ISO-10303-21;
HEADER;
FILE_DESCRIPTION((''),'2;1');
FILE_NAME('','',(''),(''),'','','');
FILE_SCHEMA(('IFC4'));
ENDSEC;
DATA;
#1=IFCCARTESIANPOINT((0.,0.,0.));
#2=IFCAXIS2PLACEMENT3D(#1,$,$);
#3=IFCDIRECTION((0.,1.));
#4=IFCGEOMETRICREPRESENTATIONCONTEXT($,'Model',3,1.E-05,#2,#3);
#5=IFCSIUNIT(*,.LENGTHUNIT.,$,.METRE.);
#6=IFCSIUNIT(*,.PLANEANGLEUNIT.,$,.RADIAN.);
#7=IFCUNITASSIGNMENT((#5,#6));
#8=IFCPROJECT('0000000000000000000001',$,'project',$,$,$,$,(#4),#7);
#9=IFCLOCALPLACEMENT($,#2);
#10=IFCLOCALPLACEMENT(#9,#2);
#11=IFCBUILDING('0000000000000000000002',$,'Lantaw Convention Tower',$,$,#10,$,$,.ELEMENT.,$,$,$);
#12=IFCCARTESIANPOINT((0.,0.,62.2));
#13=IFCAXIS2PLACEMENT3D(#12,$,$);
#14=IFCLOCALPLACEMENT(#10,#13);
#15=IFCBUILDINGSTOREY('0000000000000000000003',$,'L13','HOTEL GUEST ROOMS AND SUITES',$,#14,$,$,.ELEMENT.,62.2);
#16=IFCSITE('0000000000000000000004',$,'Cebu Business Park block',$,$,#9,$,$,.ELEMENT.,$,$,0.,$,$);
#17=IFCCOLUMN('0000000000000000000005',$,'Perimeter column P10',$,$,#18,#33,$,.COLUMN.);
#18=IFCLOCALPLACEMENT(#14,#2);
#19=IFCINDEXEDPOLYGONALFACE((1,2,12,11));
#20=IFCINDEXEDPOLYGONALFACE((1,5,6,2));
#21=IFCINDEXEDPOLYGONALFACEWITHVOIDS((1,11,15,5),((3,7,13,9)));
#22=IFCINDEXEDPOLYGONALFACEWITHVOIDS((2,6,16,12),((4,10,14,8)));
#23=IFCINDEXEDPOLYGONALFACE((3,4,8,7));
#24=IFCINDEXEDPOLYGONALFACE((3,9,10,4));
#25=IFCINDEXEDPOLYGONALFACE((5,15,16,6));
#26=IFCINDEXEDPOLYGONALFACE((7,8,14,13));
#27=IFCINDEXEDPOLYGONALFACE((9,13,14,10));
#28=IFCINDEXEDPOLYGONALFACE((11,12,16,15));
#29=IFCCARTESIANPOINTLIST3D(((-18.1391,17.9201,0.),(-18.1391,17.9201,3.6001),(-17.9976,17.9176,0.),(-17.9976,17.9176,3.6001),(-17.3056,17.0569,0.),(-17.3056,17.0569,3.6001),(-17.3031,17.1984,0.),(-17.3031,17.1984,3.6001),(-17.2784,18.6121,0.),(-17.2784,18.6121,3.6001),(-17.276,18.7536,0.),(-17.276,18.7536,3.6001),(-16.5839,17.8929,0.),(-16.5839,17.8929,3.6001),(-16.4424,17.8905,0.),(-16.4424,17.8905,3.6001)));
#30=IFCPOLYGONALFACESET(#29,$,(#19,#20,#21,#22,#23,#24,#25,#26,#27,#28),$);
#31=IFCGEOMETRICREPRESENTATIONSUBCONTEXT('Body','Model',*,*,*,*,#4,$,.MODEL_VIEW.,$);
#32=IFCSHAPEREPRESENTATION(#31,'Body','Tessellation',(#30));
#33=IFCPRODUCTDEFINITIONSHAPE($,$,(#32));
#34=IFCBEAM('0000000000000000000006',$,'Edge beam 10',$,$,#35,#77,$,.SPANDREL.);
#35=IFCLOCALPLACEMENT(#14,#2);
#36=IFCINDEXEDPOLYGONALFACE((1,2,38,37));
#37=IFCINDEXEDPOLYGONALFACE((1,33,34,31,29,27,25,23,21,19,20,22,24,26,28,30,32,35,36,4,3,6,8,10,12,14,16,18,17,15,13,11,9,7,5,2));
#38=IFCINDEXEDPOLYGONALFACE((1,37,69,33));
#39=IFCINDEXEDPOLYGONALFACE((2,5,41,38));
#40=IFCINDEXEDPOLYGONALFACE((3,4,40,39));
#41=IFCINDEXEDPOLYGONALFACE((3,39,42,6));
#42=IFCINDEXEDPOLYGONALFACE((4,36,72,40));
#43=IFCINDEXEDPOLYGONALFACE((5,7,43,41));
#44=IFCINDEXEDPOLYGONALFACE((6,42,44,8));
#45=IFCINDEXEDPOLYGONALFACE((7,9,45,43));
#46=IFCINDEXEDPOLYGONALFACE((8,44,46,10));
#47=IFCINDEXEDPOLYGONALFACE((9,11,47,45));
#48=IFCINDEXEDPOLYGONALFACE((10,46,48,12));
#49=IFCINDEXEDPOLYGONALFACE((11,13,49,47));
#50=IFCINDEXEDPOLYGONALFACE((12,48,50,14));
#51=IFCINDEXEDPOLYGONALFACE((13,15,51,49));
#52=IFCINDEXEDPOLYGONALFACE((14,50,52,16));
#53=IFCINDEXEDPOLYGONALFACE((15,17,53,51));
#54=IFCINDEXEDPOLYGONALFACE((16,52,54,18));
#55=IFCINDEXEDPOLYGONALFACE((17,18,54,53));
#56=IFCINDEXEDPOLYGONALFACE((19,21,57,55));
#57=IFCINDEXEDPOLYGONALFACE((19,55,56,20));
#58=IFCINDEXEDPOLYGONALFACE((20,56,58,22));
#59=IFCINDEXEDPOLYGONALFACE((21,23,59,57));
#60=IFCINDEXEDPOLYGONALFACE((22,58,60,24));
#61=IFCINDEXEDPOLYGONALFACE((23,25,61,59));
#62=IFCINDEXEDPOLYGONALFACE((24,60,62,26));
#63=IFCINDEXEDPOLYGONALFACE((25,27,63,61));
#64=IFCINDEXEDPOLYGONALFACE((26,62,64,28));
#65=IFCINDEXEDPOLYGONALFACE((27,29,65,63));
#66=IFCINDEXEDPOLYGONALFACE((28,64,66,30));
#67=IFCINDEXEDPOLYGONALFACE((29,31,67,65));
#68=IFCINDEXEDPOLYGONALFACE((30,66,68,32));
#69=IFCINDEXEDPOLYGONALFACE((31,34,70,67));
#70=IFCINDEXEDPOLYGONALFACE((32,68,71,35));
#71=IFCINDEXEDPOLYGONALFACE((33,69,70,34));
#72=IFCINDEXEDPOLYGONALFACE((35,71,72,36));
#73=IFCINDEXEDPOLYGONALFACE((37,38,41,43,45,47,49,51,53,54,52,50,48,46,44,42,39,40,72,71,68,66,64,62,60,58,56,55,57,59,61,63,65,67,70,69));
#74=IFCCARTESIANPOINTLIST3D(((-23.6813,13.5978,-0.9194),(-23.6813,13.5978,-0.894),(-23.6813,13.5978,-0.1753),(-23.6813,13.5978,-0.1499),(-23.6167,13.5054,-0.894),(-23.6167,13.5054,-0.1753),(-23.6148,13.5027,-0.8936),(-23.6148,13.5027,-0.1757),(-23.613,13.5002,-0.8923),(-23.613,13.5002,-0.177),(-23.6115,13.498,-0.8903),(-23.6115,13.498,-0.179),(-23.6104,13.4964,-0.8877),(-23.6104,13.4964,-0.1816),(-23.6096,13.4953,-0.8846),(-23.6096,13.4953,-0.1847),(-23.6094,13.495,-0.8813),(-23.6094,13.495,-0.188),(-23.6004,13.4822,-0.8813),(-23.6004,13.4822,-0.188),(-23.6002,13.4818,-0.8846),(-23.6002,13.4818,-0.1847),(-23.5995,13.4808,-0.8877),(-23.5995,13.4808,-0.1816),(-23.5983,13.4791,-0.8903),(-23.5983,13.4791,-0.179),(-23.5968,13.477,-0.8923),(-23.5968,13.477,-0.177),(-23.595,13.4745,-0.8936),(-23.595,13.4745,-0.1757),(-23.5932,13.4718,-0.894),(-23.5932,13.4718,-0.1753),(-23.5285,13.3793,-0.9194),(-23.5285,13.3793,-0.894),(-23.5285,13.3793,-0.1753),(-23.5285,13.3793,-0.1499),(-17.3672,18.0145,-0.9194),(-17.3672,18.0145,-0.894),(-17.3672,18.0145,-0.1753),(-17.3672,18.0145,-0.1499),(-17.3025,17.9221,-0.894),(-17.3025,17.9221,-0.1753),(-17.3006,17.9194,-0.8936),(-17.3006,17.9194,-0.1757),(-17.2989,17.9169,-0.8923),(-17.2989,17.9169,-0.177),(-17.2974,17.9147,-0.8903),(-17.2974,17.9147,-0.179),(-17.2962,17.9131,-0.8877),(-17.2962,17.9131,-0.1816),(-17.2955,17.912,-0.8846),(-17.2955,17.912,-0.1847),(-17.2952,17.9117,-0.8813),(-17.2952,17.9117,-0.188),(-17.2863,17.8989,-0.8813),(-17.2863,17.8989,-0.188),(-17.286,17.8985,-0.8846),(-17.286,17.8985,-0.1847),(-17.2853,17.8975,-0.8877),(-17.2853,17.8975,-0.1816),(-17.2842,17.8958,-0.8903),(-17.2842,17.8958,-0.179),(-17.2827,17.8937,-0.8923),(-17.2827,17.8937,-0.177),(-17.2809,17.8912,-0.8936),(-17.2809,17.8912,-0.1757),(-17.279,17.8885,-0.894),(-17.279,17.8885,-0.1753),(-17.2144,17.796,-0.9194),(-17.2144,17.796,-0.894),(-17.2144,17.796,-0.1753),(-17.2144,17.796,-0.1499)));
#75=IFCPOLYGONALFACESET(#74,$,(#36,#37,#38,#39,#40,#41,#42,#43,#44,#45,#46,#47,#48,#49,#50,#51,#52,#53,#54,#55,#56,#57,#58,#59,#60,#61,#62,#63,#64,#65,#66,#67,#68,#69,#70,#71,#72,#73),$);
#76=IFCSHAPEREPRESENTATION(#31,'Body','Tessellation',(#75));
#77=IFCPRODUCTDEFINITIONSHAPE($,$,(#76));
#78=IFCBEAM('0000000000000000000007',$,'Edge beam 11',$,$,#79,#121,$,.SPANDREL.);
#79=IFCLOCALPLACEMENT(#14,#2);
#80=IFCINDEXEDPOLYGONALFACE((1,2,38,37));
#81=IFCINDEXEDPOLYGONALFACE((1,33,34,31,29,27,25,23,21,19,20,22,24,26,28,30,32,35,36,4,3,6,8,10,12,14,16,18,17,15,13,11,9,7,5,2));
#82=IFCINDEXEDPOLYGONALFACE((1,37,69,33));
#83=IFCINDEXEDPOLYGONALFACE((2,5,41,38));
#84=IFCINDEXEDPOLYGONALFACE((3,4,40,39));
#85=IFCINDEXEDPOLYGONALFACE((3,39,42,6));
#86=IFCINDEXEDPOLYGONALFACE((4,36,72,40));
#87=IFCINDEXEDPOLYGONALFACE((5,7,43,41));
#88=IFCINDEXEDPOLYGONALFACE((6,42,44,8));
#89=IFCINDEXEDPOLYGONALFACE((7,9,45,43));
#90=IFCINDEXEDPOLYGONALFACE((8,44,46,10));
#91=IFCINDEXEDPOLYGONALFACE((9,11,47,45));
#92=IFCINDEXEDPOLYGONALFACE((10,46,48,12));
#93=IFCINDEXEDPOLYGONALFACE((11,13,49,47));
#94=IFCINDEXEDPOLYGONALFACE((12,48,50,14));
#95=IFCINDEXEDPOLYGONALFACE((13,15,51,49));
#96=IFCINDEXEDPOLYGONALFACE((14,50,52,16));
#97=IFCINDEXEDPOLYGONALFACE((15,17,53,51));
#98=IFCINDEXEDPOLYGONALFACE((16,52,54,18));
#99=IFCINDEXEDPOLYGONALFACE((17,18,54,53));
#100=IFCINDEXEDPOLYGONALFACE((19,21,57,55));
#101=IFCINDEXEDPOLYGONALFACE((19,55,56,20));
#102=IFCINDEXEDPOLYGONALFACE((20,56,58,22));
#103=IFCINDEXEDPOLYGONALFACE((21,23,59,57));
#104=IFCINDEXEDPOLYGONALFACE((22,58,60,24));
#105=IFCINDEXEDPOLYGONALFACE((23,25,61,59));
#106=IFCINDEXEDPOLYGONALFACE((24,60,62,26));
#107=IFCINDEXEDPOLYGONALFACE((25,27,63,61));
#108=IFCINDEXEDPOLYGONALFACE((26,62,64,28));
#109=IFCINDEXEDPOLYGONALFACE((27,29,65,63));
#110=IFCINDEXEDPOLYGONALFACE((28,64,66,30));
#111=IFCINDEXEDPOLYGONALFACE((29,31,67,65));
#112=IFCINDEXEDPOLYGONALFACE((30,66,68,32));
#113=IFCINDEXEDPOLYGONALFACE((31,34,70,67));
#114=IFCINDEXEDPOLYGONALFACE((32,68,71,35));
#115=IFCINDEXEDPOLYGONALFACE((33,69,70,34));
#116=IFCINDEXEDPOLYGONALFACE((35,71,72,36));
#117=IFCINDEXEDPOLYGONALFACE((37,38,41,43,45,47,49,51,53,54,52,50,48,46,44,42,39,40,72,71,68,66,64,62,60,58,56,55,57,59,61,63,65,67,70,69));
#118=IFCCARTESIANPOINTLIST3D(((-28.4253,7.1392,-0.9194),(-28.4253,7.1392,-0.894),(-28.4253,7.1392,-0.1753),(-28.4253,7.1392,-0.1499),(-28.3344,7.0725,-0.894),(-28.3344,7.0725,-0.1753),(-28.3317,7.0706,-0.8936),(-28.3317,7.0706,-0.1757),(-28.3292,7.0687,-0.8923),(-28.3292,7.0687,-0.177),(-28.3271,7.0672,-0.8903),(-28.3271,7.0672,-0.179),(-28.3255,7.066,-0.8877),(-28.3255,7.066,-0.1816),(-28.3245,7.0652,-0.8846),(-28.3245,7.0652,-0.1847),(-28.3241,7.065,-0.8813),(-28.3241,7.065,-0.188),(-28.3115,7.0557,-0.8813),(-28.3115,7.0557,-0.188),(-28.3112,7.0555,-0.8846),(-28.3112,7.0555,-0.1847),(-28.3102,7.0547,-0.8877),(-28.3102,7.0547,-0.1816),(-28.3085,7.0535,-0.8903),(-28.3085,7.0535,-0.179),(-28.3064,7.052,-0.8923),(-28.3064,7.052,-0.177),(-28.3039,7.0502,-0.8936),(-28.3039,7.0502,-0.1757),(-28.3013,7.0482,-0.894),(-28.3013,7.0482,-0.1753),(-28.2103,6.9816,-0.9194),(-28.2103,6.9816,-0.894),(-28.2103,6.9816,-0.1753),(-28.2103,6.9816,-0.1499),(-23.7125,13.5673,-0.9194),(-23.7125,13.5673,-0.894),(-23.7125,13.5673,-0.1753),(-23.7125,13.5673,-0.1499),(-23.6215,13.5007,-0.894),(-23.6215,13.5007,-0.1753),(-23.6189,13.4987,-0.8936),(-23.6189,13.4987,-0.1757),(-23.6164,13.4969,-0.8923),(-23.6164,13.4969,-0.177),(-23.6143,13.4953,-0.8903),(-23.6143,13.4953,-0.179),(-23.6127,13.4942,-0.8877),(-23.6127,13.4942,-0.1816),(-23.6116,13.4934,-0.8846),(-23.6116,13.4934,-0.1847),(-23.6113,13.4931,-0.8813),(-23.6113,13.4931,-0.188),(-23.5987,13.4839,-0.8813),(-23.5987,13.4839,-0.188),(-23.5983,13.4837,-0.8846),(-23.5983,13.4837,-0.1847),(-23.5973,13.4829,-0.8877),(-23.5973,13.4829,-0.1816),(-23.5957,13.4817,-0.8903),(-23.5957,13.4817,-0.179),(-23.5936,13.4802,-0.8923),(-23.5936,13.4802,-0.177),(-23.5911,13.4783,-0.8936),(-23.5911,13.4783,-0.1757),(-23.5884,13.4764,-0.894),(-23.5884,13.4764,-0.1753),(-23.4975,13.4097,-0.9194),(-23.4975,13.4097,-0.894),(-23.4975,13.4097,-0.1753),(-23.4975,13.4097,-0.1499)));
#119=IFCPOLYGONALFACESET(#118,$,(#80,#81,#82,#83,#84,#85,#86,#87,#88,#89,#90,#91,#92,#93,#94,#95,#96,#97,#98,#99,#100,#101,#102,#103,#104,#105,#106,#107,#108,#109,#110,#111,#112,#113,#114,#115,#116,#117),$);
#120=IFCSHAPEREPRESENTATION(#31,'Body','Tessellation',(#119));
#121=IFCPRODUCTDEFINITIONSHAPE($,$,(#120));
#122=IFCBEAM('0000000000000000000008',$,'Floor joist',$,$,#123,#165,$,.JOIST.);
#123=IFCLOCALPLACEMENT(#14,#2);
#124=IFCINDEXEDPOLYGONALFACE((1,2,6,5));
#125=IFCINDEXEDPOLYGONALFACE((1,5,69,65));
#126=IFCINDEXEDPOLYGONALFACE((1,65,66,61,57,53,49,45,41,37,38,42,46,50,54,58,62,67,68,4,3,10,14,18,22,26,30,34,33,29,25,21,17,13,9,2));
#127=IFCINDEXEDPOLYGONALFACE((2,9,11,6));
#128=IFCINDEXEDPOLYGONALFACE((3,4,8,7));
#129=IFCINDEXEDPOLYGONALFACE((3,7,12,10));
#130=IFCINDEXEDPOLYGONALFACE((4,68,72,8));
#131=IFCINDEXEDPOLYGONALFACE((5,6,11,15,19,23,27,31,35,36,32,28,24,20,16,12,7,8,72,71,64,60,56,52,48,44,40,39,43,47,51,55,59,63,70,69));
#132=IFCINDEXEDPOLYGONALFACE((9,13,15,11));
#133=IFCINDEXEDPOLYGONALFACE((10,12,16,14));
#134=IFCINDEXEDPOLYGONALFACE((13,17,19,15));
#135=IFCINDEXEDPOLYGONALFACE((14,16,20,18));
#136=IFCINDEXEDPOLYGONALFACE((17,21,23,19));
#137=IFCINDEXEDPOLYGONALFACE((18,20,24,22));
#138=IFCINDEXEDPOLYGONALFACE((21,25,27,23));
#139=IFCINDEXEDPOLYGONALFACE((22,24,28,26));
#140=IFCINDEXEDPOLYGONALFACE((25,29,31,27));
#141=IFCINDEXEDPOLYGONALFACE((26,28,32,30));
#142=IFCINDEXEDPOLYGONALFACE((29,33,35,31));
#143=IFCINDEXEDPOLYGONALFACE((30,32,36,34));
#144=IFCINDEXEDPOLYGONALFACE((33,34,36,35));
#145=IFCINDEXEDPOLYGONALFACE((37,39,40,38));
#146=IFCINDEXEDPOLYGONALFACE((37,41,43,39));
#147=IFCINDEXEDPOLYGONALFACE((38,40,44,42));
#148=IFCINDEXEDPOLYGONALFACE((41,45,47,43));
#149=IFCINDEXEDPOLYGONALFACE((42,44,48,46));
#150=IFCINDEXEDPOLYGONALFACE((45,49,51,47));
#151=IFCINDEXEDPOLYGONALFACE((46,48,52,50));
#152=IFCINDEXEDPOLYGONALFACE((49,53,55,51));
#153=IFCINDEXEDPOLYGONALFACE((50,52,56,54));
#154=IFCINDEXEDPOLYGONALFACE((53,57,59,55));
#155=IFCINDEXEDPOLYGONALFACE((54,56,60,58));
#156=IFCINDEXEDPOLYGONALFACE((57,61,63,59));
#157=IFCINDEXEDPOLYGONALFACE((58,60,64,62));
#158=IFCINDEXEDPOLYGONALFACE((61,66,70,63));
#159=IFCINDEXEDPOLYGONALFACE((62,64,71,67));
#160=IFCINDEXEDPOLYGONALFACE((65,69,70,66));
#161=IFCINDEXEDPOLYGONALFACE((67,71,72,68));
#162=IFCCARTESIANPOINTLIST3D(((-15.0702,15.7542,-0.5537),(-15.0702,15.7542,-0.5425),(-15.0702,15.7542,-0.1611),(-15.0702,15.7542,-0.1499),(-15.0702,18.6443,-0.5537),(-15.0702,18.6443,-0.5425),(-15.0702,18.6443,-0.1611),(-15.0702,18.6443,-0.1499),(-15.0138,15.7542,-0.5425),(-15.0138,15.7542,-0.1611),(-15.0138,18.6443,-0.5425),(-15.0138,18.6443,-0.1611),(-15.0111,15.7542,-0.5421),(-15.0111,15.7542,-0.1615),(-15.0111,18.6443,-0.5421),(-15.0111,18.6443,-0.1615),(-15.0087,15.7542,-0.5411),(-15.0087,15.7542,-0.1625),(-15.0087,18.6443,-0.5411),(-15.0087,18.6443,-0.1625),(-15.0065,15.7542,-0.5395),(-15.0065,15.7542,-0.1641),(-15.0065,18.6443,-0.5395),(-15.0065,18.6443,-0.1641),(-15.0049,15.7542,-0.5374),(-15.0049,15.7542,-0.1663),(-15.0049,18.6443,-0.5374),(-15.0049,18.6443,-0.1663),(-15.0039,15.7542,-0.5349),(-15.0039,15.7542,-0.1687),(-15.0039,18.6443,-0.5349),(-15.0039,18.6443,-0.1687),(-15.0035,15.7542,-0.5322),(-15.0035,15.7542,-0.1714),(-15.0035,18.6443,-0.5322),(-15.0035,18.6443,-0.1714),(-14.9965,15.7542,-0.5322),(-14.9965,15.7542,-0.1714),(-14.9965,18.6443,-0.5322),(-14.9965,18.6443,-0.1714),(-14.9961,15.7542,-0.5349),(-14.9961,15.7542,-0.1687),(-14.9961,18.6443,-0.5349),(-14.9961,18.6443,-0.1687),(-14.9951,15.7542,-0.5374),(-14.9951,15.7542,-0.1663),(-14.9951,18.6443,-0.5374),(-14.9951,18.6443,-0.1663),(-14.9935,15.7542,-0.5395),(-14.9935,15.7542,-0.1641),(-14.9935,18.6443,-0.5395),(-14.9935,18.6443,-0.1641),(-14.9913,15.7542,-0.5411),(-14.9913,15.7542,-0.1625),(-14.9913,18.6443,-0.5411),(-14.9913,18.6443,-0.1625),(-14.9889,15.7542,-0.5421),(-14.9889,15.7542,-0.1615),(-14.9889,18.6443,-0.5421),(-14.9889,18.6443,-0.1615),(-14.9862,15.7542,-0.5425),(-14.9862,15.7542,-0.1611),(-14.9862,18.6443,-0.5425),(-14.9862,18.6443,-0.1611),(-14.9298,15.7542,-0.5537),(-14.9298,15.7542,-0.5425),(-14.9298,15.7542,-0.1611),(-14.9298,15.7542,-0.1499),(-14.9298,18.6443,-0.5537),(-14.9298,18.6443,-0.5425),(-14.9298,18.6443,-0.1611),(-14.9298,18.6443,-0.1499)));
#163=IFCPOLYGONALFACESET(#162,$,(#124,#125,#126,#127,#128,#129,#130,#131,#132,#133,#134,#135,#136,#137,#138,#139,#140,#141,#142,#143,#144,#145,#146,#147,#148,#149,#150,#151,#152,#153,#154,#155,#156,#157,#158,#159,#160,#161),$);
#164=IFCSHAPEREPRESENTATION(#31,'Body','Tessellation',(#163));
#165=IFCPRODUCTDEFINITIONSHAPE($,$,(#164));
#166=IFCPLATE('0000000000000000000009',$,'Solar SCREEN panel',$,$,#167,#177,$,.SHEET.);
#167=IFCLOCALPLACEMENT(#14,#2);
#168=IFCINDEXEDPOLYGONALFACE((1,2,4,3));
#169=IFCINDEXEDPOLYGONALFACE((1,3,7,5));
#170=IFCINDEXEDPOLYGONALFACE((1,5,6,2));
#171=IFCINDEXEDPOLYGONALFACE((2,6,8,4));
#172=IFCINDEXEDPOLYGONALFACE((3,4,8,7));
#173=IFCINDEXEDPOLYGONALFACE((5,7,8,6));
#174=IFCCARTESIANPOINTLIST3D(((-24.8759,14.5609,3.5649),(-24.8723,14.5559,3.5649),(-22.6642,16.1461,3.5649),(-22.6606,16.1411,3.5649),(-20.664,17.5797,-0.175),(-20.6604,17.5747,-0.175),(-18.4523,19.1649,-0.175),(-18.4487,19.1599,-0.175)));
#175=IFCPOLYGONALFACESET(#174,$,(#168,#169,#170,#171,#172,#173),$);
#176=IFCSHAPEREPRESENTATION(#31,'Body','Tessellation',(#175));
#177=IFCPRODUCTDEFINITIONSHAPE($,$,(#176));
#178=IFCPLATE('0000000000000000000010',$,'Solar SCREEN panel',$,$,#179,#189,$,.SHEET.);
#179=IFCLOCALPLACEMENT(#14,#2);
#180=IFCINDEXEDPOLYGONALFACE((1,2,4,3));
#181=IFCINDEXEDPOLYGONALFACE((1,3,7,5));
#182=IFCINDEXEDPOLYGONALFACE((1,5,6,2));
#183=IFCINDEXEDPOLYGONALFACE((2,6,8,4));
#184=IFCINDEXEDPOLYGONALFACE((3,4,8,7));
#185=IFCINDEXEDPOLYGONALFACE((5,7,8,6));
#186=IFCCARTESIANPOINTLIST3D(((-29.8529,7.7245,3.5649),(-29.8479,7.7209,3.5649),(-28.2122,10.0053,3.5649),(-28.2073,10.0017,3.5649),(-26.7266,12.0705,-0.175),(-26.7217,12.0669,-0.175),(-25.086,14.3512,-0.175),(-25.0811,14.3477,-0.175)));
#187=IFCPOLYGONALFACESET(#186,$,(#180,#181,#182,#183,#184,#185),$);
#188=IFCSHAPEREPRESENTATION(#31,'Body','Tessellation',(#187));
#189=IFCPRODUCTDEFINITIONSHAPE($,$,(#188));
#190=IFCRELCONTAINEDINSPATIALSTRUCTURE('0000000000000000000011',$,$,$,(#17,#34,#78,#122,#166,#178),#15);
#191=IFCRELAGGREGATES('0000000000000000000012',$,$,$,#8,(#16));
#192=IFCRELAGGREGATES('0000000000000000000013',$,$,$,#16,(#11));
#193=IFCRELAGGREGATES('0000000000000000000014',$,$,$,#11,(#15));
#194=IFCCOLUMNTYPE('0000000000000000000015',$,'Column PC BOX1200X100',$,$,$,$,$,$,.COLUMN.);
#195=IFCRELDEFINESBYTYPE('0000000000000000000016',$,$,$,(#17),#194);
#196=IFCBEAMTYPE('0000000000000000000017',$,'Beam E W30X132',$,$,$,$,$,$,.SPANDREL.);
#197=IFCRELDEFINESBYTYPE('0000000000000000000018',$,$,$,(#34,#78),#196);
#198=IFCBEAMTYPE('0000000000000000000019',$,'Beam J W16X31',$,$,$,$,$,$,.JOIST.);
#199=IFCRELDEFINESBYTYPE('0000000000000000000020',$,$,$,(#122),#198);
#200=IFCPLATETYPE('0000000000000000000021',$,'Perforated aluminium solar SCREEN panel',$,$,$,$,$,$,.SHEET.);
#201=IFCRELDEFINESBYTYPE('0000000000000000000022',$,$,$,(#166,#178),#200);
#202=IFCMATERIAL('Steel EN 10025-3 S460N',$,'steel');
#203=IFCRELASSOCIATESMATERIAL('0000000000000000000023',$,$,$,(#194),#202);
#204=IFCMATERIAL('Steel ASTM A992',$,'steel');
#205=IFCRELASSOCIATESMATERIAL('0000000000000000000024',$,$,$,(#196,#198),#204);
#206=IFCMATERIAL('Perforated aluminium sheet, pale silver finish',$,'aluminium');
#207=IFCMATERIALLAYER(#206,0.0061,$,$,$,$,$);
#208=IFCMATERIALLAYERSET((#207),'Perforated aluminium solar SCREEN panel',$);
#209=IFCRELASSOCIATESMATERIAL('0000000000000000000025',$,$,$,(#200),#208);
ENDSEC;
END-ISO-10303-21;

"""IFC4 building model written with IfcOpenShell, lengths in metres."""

from ifc_helpers import new_model, si_unit, direction, frame, origin, origin_2d, place, context, subcontext, project, spatial, polyline, rectangle, hollow_rectangle, i_section, outline, extrude, material, layer, layer_set, material_profile, profile_set, type_object, element, save


model = new_model("IFC4")

# Units and contexts
model_context = context("Model", 3, precision=1e-05, world=origin(), true_north=direction((0.0, 1.0)))
body_context = subcontext(model_context, "Body", "Model", "MODEL_VIEW")
ifc_project = project(units=[si_unit("LENGTHUNIT", "METRE"), si_unit("PLANEANGLEUNIT", "RADIAN")], contexts=[model_context])

# Site, building, storey
site_placement = place(None, origin())
site = spatial("IfcSite", under=ifc_project, at=site_placement, Name="Cebu Business Park block", CompositionType="ELEMENT", RefElevation=0.0)
building_placement = place(site_placement, origin())
building = spatial("IfcBuilding", under=site, at=building_placement, Name="Lantaw Convention Tower", CompositionType="ELEMENT")
storey_placement = place(building_placement, frame((0.0, 0.0, 62.2)))
storey = spatial("IfcBuildingStorey", under=building, at=storey_placement, Name="L13", Description="HOTEL GUEST ROOMS AND SUITES", CompositionType="ELEMENT", Elevation=62.2)

# Column
ifc_material_1 = material(Name="Steel EN 10025-3 S460N", Category="steel")
ifc_material_profile_1 = material_profile(ifc_material_1, hollow_rectangle(XDim=1.2, YDim=1.2, WallThickness=0.1001, at=origin_2d()), Name="BOX1200X100")
ifc_material_2 = material(Name="Concrete C60/75", Category="concrete")
ifc_material_profile_2 = material_profile(ifc_material_2, rectangle(XDim=1.0, YDim=1.0, at=origin_2d()), Name="Concrete fill of BOX1200X100")
ifc_profile_set_1 = profile_set([ifc_material_profile_1, ifc_material_profile_2], Name="Steel EN 10025-3 S460N")
column_type = type_object("IfcColumnType", Name="Column PC BOX1200X100", PredefinedType="COLUMN", material=ifc_profile_set_1)
column_placement = place(storey_placement, frame((-17.2908, 17.9053, 0.0), z_axis=(0.0, 0.0, 1.0), x_axis=(0.71934, 0.694658, 0.0)))
element("IfcColumn", 1, at=column_placement, inside=storey, type_object=column_type, Name="Perimeter column P10", PredefinedType="COLUMN", context=body_context, shape_type="SweptSolid", body=[
    extrude(hollow_rectangle(XDim=1.2, YDim=1.2, WallThickness=0.1001, at=origin_2d()), origin(), (0.0, 0.0, 1.0), 3.6001),
])

# Beams
ifc_material_3 = material(Name="Steel ASTM A992", Category="steel")
ifc_material_profile_3 = material_profile(ifc_material_3, i_section(OverallWidth=0.2666, OverallDepth=0.7695, WebThickness=0.0156, FlangeThickness=0.0254, FilletRadius=0.0127, at=origin_2d()), Name="W30X132")
ifc_profile_set_2 = profile_set([ifc_material_profile_3], Name="Steel ASTM A992")
beam_type_1 = type_object("IfcBeamType", Name="Beam E W30X132", PredefinedType="SPANDREL", material=ifc_profile_set_2)
beam_1_placement = place(storey_placement, frame((-17.2908, 17.9053, -0.5347), z_axis=(-0.819427, -0.573184, 0.0), x_axis=(0.573184, -0.819427, 0.0)))
element("IfcBeam", 2, at=beam_1_placement, inside=storey, type_object=beam_type_1, Name="Edge beam 10", PredefinedType="SPANDREL", context=body_context, shape_type="SweptSolid", body=[
    extrude(i_section(OverallWidth=0.2666, OverallDepth=0.7695, WebThickness=0.0156, FlangeThickness=0.0254, FilletRadius=0.0127, at=origin_2d()), origin(), (0.0, 0.0, 1.0), 7.7056),
])
beam_2_placement = place(storey_placement, frame((-23.605, 13.4885, -0.5347), z_axis=(-0.591271, -0.806473, 0.0), x_axis=(0.806473, -0.591271, 0.0)))
element("IfcBeam", 3, at=beam_2_placement, inside=storey, type_object=beam_type_1, Name="Edge beam 11", PredefinedType="SPANDREL", context=body_context, shape_type="SweptSolid", body=[
    extrude(i_section(OverallWidth=0.2666, OverallDepth=0.7695, WebThickness=0.0156, FlangeThickness=0.0254, FilletRadius=0.0127, at=origin_2d()), origin(), (0.0, 0.0, 1.0), 7.9707),
])
ifc_material_profile_4 = material_profile(ifc_material_3, i_section(OverallWidth=0.1404, OverallDepth=0.4038, WebThickness=0.0071, FlangeThickness=0.0112, FilletRadius=0.0103, at=origin_2d()), Name="W16X31")
ifc_profile_set_3 = profile_set([ifc_material_profile_4], Name="Steel ASTM A992")
beam_type_2 = type_object("IfcBeamType", Name="Beam J W16X31", PredefinedType="JOIST", material=ifc_profile_set_3)
beam_3_placement = place(storey_placement, frame((-15.0, 15.7542, -0.3518), z_axis=(0.0, 1.0, 0.0), x_axis=(-1.0, 0.0, 0.0)))
element("IfcBeam", 4, at=beam_3_placement, inside=storey, type_object=beam_type_2, Name="Floor joist", PredefinedType="JOIST", context=body_context, shape_type="SweptSolid", body=[
    extrude(i_section(OverallWidth=0.1404, OverallDepth=0.4038, WebThickness=0.0071, FlangeThickness=0.0112, FilletRadius=0.0103, at=origin_2d()), origin(), (0.0, 0.0, 1.0), 2.8901),
])

# Plates
ifc_material_4 = material(Name="Perforated aluminium sheet, pale silver finish", Category="aluminium")
ifc_layer_1 = layer(ifc_material_4, 0.0061)
ifc_layer_set_1 = layer_set([ifc_layer_1], Name="Perforated aluminium solar SCREEN panel")
plate_type = type_object("IfcPlateType", Name="Perforated aluminium solar SCREEN panel", PredefinedType="SHEET", material=ifc_layer_set_1)
plate_1_placement = place(storey_placement, frame((-18.4487, 19.1599, -0.175), z_axis=(0.582561, -0.812787, 0.000016), x_axis=(-0.812787, -0.582561, 0.0)))
element("IfcPlate", 5, at=plate_1_placement, inside=storey, type_object=plate_type, Name="Solar SCREEN panel", PredefinedType="SHEET", context=body_context, shape_type="SweptSolid", body=[
    extrude(outline(polyline([(0.0, 0.0), (2.7211, 0.0), (7.9031, -3.74), (5.182, -3.74), (0.0, 0.0)])), origin(), (0.0, 0.0, -1.0), 0.0061),
])
plate_2_placement = place(storey_placement, frame((-25.0811, 14.3477, -0.175), z_axis=(0.811791, -0.583948, 0.000009), x_axis=(-0.583948, -0.811791, 0.0)))
element("IfcPlate", 6, at=plate_2_placement, inside=storey, type_object=plate_type, Name="Solar SCREEN panel", PredefinedType="SHEET", context=body_context, shape_type="SweptSolid", body=[
    extrude(outline(polyline([(0.0, 0.0), (2.8095, 0.0), (8.1631, -3.74), (5.3536, -3.74), (0.0, 0.0)])), origin(), (0.0, 0.0, -1.0), 0.0061),
])

save(model, "model.ifc")
